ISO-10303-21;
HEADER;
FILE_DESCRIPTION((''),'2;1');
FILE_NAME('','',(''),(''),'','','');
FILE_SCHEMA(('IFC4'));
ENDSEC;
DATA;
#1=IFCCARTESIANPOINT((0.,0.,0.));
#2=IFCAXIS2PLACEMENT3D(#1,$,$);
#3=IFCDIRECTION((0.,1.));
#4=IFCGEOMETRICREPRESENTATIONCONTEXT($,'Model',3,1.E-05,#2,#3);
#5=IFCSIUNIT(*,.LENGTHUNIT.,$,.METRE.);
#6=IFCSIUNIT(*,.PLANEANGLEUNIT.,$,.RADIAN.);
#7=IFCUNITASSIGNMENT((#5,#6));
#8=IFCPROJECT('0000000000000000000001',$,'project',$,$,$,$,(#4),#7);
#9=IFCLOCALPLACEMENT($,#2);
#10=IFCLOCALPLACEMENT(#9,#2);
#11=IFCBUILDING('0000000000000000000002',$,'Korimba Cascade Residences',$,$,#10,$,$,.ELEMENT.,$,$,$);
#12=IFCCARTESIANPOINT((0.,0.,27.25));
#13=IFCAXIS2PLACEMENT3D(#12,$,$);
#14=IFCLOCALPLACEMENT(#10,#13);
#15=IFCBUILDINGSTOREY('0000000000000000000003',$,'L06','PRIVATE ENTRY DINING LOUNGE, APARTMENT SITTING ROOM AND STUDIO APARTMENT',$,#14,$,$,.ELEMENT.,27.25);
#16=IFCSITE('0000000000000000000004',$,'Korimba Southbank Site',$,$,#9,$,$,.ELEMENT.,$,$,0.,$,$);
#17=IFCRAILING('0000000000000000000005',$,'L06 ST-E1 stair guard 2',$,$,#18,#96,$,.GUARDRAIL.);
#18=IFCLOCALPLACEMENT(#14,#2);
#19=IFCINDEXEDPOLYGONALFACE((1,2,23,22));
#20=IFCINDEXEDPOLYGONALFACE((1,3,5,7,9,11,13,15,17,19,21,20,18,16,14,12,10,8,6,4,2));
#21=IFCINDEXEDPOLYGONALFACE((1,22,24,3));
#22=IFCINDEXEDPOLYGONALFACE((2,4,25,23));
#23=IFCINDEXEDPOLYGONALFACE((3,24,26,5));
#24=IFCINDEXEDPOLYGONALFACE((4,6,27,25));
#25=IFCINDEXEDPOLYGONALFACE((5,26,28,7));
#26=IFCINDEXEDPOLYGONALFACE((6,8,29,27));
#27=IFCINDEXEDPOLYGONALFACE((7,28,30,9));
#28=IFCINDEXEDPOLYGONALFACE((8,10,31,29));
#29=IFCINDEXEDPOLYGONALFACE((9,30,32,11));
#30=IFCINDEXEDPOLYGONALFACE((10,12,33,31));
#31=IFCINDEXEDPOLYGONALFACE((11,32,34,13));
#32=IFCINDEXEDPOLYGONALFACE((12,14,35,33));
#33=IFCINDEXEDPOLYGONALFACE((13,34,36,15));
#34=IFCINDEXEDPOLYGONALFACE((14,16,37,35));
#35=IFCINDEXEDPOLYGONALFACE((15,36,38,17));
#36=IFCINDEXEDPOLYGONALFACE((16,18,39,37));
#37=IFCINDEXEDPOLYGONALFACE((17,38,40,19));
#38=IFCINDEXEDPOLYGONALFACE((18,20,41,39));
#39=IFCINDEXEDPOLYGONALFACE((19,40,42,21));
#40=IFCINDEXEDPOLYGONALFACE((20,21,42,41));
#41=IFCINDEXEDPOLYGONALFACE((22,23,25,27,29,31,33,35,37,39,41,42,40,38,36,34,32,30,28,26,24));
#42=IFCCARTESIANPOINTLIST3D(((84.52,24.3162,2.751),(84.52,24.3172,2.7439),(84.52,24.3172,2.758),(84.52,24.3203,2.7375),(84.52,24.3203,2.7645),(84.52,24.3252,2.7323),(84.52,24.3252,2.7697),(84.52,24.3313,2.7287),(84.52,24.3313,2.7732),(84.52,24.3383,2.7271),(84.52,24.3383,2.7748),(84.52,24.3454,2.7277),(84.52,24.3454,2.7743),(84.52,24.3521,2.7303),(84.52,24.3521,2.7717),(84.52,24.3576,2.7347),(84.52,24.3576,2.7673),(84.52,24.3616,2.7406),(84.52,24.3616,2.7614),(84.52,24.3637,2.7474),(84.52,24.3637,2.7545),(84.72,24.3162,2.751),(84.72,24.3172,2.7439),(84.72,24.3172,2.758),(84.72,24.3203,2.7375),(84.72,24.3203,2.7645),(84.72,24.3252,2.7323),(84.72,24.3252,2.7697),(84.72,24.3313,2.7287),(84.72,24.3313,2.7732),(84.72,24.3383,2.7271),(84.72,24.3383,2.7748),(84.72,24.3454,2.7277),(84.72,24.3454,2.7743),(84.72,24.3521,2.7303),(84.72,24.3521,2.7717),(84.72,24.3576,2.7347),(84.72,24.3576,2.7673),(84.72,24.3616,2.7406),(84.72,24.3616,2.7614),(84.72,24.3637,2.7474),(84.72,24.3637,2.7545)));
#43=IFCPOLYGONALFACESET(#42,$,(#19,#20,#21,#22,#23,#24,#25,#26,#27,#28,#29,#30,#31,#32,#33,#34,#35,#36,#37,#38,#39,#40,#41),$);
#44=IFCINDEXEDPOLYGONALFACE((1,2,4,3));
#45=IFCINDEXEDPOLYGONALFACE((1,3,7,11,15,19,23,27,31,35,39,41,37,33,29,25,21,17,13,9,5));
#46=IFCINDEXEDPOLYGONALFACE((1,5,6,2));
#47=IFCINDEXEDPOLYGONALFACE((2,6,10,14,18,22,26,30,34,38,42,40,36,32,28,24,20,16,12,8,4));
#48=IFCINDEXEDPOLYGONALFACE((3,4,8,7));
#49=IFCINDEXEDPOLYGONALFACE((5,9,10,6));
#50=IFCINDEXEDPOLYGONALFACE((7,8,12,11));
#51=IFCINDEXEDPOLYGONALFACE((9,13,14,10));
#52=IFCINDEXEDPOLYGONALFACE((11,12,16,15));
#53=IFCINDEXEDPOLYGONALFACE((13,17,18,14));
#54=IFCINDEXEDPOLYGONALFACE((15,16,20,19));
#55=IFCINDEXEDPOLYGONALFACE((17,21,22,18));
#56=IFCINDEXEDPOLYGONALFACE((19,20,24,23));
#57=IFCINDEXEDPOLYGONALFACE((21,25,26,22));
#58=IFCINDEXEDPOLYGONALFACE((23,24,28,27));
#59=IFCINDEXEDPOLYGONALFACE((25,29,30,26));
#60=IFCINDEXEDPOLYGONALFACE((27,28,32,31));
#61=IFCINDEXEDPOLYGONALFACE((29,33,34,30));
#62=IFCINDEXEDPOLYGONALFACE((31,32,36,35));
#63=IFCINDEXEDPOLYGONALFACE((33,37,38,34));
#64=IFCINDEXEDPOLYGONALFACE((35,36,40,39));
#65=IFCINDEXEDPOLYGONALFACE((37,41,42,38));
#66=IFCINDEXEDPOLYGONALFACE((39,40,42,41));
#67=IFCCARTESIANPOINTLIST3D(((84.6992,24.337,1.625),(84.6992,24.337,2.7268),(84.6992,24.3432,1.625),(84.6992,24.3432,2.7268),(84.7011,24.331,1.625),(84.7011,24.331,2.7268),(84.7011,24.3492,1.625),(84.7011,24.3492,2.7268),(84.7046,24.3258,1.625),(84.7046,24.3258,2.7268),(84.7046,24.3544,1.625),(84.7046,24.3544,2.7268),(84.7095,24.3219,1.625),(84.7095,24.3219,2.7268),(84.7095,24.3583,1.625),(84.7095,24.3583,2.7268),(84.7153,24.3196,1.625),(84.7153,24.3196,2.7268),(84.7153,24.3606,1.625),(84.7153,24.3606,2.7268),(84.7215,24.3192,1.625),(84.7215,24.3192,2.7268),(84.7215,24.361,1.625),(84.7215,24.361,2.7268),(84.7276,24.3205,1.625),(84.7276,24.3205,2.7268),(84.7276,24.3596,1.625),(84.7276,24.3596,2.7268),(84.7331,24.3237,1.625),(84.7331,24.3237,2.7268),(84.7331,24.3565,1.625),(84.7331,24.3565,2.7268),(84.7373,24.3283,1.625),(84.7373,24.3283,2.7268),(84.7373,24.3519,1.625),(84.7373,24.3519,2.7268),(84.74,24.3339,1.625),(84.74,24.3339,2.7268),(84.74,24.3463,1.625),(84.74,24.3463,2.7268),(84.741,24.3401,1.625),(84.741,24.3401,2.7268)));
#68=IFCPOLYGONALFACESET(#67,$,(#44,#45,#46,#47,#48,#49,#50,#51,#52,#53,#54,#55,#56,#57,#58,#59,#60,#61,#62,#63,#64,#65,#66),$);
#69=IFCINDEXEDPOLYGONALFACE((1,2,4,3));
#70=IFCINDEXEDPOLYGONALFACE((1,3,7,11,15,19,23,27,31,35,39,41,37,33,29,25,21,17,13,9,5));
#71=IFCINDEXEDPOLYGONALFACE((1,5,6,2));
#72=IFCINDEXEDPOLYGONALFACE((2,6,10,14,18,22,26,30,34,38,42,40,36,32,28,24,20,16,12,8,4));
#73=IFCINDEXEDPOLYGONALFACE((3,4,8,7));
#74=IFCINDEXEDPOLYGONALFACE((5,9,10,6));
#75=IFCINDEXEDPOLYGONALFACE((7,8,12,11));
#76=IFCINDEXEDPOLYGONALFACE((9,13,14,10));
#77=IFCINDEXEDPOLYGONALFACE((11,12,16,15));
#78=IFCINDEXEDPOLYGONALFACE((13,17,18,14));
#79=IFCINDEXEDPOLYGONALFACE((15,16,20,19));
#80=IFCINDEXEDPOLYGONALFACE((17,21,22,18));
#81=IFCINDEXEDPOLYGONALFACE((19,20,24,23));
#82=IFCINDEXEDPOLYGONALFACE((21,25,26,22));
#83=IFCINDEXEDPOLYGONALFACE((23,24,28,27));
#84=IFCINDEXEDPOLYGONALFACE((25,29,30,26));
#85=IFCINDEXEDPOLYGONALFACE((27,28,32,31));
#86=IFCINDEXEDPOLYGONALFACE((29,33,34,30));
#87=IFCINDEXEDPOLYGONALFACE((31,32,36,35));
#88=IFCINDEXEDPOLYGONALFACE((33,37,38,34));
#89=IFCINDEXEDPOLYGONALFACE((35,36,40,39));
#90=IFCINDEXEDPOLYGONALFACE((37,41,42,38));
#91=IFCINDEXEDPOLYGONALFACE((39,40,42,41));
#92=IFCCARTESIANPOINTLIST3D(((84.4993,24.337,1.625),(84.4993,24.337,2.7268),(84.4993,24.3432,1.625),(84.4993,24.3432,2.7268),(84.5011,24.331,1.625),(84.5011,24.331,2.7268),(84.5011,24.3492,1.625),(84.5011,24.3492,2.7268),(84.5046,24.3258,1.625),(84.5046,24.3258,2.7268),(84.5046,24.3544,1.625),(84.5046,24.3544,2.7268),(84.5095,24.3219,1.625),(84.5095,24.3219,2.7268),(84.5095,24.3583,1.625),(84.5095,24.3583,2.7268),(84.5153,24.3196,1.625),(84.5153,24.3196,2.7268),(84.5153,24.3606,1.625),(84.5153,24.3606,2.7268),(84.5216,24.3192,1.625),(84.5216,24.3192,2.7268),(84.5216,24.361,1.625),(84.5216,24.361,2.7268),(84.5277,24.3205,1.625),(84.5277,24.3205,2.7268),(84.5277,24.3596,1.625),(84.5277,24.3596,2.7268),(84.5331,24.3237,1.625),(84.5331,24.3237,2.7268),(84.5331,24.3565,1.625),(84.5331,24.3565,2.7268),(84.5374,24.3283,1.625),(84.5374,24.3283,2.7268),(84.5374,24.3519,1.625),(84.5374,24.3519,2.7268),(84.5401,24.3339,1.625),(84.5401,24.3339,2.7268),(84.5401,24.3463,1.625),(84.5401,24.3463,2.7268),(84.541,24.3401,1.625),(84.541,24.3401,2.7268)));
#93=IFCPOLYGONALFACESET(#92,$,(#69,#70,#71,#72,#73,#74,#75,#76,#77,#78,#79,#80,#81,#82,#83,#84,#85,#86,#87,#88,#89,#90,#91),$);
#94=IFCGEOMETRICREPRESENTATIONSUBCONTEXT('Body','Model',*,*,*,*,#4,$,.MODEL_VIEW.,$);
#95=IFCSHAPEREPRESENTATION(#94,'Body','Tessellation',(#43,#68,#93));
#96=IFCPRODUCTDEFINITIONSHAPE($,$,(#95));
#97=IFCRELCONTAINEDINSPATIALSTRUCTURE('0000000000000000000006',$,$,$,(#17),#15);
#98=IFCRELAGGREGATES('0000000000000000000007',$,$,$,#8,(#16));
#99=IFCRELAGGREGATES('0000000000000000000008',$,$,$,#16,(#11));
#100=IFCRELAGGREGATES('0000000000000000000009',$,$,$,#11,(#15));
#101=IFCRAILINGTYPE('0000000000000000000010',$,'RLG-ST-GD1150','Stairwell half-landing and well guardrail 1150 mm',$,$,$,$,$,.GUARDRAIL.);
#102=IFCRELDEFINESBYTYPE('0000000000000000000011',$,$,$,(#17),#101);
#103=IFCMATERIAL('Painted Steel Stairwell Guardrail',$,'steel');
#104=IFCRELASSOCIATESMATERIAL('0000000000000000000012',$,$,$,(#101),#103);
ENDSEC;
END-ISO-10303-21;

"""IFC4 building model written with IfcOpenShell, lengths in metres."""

from ifc_helpers import new_model, si_unit, direction, frame, origin, origin_2d, place, context, subcontext, project, spatial, circle, extrude, material, type_object, element, save


model = new_model("IFC4")

# Units and contexts
model_context = context("Model", 3, precision=1e-05, world=origin(), true_north=direction((0.0, 1.0)))
body_context = subcontext(model_context, "Body", "Model", "MODEL_VIEW")
ifc_project = project(units=[si_unit("LENGTHUNIT", "METRE"), si_unit("PLANEANGLEUNIT", "RADIAN")], contexts=[model_context])

# Site, building, storey
site_placement = place(None, origin())
site = spatial("IfcSite", under=ifc_project, at=site_placement, Name="Korimba Southbank Site", CompositionType="ELEMENT", RefElevation=0.0)
building_placement = place(site_placement, origin())
building = spatial("IfcBuilding", under=site, at=building_placement, Name="Korimba Cascade Residences", CompositionType="ELEMENT")
storey_placement = place(building_placement, frame((0.0, 0.0, 27.25)))
storey = spatial("IfcBuildingStorey", under=building, at=storey_placement, Name="L06", Description="PRIVATE ENTRY DINING LOUNGE, APARTMENT SITTING ROOM AND STUDIO APARTMENT", CompositionType="ELEMENT", Elevation=27.25)

# Railing
ifc_material_1 = material(Name="Painted Steel Stairwell Guardrail", Category="steel")
railing_type_1 = type_object("IfcRailingType", Name="RLG-ST-GD1150", Description="Stairwell half-landing and well guardrail 1150 mm", PredefinedType="GUARDRAIL", material=ifc_material_1)
railing_1_placement = place(storey_placement, frame((84.72, 24.3401, 1.625)))
element("IfcRailing", 1, at=railing_1_placement, inside=storey, type_object=railing_type_1, Name="L06 ST-E1 stair guard 2", PredefinedType="GUARDRAIL", context=body_context, shape_type="SweptSolid", body=[
    extrude(circle(Radius=0.0239, at=origin_2d()), frame((0.0, 0.0, 1.126), z_axis=(-1.0, 0.0, 0.0), x_axis=(0.0, -1.0, 0.0)), (0.0, 0.0, 1.0), 0.2),
    extrude(circle(Radius=0.021, at=origin_2d()), origin(), (0.0, 0.0, 1.0), 1.1018),
    extrude(circle(Radius=0.021, at=origin_2d()), frame((-0.2, 0.0, 0.0)), (0.0, 0.0, 1.0), 1.1018),
])

save(model, "model.ifc")
